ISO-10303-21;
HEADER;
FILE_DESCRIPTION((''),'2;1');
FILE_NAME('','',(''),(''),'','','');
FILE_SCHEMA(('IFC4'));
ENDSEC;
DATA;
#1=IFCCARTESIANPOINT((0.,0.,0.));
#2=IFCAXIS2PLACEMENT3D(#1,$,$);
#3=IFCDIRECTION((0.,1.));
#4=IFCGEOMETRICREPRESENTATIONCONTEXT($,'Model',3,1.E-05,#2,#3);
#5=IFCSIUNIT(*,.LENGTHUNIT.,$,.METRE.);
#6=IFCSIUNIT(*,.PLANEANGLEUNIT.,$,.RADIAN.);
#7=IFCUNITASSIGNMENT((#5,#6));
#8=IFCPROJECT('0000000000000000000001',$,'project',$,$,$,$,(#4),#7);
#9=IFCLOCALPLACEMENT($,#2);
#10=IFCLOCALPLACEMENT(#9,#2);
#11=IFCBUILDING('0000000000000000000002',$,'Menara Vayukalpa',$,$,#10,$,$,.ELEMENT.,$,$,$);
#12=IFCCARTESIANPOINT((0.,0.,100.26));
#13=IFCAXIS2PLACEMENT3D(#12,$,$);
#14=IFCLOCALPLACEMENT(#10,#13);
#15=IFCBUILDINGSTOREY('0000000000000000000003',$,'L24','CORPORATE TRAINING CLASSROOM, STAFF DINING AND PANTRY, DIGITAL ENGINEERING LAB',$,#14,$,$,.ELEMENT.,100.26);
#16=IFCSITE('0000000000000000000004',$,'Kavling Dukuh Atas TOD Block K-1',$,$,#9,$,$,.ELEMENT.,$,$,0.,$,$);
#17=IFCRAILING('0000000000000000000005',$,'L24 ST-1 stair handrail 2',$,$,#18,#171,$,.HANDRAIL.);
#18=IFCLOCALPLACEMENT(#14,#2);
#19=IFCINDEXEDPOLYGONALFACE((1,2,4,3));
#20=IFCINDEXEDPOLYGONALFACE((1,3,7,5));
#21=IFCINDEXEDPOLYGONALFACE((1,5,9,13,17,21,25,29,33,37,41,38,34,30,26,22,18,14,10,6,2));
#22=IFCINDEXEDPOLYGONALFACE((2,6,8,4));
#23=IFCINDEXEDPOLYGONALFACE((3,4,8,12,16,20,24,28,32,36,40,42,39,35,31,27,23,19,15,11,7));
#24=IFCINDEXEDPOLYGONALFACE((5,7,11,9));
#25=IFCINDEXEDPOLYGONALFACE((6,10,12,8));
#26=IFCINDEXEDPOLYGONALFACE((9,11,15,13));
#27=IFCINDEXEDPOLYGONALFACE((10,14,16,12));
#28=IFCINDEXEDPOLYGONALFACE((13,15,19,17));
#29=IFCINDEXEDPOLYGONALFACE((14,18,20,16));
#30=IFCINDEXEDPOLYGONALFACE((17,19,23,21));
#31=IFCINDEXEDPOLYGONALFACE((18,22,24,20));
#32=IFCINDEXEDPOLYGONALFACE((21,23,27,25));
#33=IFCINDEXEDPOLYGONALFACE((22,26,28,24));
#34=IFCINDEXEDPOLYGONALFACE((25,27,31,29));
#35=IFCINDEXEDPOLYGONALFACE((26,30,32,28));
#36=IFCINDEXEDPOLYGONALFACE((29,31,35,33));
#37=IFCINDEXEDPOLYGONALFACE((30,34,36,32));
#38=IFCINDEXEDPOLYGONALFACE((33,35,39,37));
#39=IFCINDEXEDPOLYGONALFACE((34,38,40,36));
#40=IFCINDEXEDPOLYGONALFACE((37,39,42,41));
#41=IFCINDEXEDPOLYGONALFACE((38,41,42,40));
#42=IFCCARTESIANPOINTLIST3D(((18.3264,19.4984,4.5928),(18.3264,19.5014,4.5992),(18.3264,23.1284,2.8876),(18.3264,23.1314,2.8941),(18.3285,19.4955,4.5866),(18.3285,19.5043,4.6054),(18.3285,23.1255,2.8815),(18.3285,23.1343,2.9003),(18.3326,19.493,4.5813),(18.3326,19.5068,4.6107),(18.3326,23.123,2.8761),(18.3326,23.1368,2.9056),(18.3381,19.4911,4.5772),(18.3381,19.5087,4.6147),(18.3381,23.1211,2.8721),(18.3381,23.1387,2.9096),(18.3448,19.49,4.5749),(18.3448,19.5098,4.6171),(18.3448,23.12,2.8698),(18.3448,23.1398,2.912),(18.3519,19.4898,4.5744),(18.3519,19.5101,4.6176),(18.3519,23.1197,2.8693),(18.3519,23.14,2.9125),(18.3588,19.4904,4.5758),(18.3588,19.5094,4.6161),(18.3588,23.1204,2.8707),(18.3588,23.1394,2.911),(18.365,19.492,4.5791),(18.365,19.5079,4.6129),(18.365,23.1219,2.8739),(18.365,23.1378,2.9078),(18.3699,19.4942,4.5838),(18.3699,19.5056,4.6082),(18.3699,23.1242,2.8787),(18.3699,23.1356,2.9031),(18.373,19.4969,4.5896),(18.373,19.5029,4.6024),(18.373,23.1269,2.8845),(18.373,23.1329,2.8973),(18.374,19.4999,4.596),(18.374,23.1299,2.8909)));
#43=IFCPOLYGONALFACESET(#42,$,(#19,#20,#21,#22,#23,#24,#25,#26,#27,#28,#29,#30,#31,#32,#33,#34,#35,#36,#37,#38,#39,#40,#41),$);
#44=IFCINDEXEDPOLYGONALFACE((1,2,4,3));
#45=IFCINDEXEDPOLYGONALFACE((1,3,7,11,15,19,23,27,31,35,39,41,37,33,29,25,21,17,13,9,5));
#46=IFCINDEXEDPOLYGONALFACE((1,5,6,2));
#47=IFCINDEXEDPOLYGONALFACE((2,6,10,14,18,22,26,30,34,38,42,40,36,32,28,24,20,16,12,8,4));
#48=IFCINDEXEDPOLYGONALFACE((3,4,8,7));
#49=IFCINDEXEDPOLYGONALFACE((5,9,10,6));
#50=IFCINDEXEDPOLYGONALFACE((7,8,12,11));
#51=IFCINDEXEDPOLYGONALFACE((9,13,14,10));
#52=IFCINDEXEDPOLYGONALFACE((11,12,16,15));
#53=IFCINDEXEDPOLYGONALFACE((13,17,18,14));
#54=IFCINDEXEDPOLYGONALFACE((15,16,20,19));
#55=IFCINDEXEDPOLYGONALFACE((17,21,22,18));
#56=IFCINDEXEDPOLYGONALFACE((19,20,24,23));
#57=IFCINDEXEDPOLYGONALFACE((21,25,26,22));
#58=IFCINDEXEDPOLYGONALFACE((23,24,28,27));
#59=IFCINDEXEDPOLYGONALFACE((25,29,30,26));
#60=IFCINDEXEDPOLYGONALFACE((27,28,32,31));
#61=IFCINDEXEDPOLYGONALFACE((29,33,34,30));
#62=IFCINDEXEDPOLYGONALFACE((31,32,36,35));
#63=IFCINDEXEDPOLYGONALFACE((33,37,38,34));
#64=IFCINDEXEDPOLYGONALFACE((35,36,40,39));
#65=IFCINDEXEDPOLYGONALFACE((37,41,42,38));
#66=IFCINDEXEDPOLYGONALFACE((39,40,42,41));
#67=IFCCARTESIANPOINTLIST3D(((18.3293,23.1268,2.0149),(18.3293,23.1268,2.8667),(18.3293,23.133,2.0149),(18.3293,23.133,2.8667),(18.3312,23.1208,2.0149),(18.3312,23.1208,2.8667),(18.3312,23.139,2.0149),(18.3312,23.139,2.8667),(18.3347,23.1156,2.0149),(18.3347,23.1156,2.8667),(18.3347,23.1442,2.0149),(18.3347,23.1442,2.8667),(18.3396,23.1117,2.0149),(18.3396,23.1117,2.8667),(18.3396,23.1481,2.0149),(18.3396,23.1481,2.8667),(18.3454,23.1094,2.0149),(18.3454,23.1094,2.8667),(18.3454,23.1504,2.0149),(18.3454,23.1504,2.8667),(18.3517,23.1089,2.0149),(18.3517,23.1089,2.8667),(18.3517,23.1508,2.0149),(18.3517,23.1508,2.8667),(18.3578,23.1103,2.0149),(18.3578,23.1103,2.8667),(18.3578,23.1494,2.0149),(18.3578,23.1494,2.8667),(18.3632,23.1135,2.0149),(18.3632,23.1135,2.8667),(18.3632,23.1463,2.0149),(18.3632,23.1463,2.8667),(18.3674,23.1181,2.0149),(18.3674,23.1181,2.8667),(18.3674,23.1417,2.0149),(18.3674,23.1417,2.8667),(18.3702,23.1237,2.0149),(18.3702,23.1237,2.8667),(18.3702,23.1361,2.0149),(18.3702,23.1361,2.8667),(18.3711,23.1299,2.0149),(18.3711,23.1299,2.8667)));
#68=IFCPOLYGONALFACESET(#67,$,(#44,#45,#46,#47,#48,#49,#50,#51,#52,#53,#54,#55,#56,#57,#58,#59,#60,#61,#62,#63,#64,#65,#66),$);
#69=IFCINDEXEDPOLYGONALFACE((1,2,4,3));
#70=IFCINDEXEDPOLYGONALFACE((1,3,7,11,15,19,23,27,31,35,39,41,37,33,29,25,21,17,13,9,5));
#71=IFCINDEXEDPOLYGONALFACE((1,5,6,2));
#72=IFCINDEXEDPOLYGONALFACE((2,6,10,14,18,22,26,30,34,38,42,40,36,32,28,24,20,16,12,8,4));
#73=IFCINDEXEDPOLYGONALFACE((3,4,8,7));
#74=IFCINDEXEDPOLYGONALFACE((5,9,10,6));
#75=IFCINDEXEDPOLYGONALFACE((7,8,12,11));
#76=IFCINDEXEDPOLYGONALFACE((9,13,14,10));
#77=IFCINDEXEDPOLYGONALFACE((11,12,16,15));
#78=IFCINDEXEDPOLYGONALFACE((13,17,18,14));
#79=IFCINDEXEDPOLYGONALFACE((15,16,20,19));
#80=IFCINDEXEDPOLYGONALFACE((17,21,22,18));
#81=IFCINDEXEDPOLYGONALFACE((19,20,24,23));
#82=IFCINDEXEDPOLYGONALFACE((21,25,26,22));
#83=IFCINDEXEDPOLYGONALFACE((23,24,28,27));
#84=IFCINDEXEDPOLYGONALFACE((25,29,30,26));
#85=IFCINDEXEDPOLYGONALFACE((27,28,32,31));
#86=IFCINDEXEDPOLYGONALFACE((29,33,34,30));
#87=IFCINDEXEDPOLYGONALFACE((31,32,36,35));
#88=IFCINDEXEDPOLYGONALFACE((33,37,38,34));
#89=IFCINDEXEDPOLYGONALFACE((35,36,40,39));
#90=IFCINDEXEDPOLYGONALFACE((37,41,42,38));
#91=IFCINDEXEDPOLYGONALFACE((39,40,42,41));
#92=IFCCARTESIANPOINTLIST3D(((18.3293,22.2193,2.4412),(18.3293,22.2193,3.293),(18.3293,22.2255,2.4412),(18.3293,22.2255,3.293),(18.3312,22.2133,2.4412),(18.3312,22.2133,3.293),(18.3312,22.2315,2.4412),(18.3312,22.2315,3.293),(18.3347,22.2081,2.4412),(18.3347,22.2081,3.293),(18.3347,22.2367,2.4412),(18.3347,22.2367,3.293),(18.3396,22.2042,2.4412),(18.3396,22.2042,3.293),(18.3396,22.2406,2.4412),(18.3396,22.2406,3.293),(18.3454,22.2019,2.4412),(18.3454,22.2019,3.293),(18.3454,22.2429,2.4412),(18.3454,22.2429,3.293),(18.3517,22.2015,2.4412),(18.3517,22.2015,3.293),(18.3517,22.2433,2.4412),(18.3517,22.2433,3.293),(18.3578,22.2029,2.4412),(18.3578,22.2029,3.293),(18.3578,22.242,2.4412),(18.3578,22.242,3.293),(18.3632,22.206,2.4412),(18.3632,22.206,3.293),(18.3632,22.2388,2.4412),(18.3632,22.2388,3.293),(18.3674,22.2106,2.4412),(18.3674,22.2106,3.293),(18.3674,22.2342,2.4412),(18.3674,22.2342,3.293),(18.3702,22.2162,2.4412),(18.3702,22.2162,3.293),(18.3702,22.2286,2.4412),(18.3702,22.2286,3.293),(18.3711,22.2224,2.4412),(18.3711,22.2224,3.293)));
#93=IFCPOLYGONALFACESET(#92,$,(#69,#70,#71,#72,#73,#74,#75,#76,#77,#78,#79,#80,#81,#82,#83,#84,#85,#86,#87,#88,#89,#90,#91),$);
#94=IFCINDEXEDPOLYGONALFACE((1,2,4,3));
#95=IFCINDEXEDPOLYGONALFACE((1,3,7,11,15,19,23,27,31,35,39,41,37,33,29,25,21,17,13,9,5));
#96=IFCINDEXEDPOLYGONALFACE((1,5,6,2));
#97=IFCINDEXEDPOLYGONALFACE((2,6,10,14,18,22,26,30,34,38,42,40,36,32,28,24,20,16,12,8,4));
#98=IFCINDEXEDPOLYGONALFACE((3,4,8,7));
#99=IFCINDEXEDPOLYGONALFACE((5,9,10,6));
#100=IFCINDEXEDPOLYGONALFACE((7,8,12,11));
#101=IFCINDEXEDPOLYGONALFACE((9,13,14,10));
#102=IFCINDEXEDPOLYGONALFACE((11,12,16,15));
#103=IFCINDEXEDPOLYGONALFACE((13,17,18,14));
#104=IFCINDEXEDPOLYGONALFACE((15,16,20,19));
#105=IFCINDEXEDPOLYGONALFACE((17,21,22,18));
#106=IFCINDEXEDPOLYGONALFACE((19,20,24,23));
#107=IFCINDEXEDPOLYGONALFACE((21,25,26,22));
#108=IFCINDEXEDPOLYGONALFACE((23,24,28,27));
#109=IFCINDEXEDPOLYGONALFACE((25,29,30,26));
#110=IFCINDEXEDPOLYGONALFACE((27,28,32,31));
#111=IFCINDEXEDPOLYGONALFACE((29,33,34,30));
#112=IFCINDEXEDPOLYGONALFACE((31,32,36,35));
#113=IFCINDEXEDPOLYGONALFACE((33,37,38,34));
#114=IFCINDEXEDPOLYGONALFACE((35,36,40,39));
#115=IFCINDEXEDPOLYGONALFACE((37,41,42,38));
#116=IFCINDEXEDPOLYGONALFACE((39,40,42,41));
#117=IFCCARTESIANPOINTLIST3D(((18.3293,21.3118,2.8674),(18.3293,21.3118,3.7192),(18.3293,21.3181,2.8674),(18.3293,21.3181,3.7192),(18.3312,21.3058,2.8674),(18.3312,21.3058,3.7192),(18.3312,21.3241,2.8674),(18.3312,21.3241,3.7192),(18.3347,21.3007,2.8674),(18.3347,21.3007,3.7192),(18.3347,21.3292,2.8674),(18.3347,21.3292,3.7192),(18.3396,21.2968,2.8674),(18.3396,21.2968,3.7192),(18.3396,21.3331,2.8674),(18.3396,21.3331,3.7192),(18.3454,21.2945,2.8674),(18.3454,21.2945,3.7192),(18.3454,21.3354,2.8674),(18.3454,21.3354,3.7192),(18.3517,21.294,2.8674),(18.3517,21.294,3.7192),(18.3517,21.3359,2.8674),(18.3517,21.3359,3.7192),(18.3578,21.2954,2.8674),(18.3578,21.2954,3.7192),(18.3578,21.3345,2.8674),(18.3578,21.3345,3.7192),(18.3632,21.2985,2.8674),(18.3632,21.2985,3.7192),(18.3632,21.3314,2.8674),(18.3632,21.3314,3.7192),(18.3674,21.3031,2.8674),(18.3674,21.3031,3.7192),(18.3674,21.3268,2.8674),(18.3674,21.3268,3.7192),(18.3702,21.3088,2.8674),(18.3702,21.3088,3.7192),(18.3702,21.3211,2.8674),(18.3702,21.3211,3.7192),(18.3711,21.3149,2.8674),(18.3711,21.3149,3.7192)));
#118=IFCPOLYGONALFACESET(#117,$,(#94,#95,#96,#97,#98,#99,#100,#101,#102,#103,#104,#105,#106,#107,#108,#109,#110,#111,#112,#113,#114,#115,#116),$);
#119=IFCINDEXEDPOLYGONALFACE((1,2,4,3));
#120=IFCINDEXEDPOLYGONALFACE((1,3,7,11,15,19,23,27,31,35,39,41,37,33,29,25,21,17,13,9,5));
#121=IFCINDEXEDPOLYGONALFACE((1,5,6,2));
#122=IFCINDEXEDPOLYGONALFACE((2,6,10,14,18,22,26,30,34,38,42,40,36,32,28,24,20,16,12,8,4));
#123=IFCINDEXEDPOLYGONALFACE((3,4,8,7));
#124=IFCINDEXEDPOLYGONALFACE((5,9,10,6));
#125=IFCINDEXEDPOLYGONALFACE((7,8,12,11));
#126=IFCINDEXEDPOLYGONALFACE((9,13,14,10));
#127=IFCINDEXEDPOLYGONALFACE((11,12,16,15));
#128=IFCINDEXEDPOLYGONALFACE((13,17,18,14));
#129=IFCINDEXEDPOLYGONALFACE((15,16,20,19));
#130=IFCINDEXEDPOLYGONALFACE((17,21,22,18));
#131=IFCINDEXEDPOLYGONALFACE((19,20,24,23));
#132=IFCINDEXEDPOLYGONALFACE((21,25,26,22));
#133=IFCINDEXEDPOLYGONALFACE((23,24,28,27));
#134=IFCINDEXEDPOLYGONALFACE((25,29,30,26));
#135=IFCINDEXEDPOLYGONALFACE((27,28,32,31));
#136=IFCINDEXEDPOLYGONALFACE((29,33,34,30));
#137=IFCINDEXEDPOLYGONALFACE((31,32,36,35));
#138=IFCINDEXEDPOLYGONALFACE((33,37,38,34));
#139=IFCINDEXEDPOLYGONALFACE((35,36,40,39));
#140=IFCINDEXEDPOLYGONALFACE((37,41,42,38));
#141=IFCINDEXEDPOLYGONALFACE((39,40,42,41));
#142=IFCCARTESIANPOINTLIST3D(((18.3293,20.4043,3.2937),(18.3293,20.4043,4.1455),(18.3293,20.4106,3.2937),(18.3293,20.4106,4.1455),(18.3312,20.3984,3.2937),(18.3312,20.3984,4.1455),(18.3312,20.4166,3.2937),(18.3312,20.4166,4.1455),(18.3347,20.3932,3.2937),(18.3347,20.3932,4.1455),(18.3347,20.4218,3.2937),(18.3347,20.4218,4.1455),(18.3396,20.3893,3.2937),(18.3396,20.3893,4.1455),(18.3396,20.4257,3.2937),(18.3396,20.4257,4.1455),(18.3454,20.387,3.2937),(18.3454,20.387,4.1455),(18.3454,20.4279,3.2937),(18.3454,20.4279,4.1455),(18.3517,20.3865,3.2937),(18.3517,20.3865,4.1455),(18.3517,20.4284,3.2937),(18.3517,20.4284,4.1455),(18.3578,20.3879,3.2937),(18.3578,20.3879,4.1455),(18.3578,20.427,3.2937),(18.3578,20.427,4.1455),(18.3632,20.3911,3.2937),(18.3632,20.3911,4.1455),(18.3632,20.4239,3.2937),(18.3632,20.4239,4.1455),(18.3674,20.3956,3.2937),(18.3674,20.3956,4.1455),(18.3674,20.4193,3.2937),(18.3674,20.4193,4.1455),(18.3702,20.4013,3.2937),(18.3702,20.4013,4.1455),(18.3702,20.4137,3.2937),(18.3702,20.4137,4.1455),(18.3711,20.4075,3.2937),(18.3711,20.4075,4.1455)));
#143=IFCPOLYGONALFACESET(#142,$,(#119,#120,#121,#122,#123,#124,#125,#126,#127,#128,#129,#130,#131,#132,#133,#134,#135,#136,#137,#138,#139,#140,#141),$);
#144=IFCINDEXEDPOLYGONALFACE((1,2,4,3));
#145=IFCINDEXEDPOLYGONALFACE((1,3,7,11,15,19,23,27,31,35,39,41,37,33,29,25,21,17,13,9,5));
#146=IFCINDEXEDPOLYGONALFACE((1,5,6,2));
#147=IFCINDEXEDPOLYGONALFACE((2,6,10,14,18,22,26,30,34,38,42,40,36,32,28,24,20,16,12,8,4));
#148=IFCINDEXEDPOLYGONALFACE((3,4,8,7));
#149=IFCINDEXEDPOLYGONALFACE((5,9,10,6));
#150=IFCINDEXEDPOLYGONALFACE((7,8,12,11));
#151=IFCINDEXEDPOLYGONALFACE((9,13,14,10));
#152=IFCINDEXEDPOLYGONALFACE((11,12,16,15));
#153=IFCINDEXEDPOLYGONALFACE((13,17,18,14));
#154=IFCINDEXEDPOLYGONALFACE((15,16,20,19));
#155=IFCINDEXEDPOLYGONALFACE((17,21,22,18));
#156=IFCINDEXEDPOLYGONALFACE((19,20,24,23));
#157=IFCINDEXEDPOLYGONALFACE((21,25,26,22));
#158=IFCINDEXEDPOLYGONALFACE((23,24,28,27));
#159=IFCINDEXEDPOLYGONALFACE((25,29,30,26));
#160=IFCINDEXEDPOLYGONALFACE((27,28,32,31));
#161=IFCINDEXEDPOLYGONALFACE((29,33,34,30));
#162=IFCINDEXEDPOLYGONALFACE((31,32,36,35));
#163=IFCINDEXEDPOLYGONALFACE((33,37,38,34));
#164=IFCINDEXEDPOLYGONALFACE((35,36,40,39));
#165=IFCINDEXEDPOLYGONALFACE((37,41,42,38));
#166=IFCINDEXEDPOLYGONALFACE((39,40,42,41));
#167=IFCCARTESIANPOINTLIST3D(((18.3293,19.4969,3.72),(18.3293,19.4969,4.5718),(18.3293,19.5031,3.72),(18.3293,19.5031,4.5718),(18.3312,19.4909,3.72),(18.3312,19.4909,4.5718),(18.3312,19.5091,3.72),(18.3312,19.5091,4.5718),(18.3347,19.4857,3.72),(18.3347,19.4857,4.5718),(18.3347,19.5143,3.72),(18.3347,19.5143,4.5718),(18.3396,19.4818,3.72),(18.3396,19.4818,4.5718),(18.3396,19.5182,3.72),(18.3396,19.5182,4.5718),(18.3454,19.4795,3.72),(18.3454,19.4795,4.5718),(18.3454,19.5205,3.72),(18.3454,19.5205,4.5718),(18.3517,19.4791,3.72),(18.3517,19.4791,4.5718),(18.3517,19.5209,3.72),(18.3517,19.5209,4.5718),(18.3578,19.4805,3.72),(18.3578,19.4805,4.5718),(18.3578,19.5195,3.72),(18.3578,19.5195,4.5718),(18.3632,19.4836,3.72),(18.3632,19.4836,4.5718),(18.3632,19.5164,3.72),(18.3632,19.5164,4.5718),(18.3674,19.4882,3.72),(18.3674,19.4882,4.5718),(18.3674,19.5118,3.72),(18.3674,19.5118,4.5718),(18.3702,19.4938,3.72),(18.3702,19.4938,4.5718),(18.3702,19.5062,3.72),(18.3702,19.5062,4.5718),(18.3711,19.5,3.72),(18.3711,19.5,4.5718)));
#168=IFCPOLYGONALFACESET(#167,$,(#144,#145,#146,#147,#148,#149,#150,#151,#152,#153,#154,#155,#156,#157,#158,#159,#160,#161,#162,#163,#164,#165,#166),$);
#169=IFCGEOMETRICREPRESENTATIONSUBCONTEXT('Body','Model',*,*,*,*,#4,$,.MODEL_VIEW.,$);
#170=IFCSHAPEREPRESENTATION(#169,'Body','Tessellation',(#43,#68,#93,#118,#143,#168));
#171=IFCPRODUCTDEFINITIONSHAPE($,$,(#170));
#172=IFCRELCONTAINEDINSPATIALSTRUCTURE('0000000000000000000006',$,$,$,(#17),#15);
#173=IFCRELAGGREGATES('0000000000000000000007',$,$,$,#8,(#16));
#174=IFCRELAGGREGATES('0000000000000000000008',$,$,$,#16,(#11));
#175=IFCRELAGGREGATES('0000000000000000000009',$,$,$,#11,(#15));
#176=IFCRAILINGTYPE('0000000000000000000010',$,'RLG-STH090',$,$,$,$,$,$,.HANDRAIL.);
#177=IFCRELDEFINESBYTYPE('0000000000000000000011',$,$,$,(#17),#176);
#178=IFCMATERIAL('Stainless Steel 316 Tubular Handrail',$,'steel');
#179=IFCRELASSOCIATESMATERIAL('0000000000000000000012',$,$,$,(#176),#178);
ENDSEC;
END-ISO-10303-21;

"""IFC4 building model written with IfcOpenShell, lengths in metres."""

from ifc_helpers import new_model, si_unit, direction, frame, origin, origin_2d, place, context, subcontext, project, spatial, circle, extrude, material, type_object, element, save


model = new_model("IFC4")

# Units and contexts
model_context = context("Model", 3, precision=1e-05, world=origin(), true_north=direction((0.0, 1.0)))
body_context = subcontext(model_context, "Body", "Model", "MODEL_VIEW")
ifc_project = project(units=[si_unit("LENGTHUNIT", "METRE"), si_unit("PLANEANGLEUNIT", "RADIAN")], contexts=[model_context])

# Site, building, storey
site_placement = place(None, origin())
site = spatial("IfcSite", under=ifc_project, at=site_placement, Name="Kavling Dukuh Atas TOD Block K-1", CompositionType="ELEMENT", RefElevation=0.0)
building_placement = place(site_placement, origin())
building = spatial("IfcBuilding", under=site, at=building_placement, Name="Menara Vayukalpa", CompositionType="ELEMENT")
storey_placement = place(building_placement, frame((0.0, 0.0, 100.26)))
storey = spatial("IfcBuildingStorey", under=building, at=storey_placement, Name="L24", Description="CORPORATE TRAINING CLASSROOM, STAFF DINING AND PANTRY, DIGITAL ENGINEERING LAB", CompositionType="ELEMENT", Elevation=100.26)

# Railing
ifc_material_1 = material(Name="Stainless Steel 316 Tubular Handrail", Category="steel")
railing_type_1 = type_object("IfcRailingType", Name="RLG-STH090", PredefinedType="HANDRAIL", material=ifc_material_1)
railing_1_placement = place(storey_placement, frame((18.3501, 23.1299, 2.0149)))
element("IfcRailing", 1, at=railing_1_placement, inside=storey, type_object=railing_type_1, Name="L24 ST-1 stair handrail 2", PredefinedType="HANDRAIL", context=body_context, shape_type="SweptSolid", body=[
    extrude(circle(Radius=0.0239, at=origin_2d()), frame((0.0, 0.0, 0.876), z_axis=(0.0, -0.905116, 0.425164), x_axis=(1.0, 0.0, 0.0)), (0.0, 0.0, 1.0), 4.0105),
    extrude(circle(Radius=0.021, at=origin_2d()), origin(), (0.0, 0.0, 1.0), 0.8518),
    extrude(circle(Radius=0.021, at=origin_2d()), frame((0.0, -0.9075, 0.4263)), (0.0, 0.0, 1.0), 0.8518),
    extrude(circle(Radius=0.021, at=origin_2d()), frame((0.0, -1.8149, 0.8525)), (0.0, 0.0, 1.0), 0.8518),
    extrude(circle(Radius=0.021, at=origin_2d()), frame((0.0, -2.7224, 1.2788)), (0.0, 0.0, 1.0), 0.8518),
    extrude(circle(Radius=0.021, at=origin_2d()), frame((0.0, -3.6299, 1.7051)), (0.0, 0.0, 1.0), 0.8518),
])

save(model, "model.ifc")
